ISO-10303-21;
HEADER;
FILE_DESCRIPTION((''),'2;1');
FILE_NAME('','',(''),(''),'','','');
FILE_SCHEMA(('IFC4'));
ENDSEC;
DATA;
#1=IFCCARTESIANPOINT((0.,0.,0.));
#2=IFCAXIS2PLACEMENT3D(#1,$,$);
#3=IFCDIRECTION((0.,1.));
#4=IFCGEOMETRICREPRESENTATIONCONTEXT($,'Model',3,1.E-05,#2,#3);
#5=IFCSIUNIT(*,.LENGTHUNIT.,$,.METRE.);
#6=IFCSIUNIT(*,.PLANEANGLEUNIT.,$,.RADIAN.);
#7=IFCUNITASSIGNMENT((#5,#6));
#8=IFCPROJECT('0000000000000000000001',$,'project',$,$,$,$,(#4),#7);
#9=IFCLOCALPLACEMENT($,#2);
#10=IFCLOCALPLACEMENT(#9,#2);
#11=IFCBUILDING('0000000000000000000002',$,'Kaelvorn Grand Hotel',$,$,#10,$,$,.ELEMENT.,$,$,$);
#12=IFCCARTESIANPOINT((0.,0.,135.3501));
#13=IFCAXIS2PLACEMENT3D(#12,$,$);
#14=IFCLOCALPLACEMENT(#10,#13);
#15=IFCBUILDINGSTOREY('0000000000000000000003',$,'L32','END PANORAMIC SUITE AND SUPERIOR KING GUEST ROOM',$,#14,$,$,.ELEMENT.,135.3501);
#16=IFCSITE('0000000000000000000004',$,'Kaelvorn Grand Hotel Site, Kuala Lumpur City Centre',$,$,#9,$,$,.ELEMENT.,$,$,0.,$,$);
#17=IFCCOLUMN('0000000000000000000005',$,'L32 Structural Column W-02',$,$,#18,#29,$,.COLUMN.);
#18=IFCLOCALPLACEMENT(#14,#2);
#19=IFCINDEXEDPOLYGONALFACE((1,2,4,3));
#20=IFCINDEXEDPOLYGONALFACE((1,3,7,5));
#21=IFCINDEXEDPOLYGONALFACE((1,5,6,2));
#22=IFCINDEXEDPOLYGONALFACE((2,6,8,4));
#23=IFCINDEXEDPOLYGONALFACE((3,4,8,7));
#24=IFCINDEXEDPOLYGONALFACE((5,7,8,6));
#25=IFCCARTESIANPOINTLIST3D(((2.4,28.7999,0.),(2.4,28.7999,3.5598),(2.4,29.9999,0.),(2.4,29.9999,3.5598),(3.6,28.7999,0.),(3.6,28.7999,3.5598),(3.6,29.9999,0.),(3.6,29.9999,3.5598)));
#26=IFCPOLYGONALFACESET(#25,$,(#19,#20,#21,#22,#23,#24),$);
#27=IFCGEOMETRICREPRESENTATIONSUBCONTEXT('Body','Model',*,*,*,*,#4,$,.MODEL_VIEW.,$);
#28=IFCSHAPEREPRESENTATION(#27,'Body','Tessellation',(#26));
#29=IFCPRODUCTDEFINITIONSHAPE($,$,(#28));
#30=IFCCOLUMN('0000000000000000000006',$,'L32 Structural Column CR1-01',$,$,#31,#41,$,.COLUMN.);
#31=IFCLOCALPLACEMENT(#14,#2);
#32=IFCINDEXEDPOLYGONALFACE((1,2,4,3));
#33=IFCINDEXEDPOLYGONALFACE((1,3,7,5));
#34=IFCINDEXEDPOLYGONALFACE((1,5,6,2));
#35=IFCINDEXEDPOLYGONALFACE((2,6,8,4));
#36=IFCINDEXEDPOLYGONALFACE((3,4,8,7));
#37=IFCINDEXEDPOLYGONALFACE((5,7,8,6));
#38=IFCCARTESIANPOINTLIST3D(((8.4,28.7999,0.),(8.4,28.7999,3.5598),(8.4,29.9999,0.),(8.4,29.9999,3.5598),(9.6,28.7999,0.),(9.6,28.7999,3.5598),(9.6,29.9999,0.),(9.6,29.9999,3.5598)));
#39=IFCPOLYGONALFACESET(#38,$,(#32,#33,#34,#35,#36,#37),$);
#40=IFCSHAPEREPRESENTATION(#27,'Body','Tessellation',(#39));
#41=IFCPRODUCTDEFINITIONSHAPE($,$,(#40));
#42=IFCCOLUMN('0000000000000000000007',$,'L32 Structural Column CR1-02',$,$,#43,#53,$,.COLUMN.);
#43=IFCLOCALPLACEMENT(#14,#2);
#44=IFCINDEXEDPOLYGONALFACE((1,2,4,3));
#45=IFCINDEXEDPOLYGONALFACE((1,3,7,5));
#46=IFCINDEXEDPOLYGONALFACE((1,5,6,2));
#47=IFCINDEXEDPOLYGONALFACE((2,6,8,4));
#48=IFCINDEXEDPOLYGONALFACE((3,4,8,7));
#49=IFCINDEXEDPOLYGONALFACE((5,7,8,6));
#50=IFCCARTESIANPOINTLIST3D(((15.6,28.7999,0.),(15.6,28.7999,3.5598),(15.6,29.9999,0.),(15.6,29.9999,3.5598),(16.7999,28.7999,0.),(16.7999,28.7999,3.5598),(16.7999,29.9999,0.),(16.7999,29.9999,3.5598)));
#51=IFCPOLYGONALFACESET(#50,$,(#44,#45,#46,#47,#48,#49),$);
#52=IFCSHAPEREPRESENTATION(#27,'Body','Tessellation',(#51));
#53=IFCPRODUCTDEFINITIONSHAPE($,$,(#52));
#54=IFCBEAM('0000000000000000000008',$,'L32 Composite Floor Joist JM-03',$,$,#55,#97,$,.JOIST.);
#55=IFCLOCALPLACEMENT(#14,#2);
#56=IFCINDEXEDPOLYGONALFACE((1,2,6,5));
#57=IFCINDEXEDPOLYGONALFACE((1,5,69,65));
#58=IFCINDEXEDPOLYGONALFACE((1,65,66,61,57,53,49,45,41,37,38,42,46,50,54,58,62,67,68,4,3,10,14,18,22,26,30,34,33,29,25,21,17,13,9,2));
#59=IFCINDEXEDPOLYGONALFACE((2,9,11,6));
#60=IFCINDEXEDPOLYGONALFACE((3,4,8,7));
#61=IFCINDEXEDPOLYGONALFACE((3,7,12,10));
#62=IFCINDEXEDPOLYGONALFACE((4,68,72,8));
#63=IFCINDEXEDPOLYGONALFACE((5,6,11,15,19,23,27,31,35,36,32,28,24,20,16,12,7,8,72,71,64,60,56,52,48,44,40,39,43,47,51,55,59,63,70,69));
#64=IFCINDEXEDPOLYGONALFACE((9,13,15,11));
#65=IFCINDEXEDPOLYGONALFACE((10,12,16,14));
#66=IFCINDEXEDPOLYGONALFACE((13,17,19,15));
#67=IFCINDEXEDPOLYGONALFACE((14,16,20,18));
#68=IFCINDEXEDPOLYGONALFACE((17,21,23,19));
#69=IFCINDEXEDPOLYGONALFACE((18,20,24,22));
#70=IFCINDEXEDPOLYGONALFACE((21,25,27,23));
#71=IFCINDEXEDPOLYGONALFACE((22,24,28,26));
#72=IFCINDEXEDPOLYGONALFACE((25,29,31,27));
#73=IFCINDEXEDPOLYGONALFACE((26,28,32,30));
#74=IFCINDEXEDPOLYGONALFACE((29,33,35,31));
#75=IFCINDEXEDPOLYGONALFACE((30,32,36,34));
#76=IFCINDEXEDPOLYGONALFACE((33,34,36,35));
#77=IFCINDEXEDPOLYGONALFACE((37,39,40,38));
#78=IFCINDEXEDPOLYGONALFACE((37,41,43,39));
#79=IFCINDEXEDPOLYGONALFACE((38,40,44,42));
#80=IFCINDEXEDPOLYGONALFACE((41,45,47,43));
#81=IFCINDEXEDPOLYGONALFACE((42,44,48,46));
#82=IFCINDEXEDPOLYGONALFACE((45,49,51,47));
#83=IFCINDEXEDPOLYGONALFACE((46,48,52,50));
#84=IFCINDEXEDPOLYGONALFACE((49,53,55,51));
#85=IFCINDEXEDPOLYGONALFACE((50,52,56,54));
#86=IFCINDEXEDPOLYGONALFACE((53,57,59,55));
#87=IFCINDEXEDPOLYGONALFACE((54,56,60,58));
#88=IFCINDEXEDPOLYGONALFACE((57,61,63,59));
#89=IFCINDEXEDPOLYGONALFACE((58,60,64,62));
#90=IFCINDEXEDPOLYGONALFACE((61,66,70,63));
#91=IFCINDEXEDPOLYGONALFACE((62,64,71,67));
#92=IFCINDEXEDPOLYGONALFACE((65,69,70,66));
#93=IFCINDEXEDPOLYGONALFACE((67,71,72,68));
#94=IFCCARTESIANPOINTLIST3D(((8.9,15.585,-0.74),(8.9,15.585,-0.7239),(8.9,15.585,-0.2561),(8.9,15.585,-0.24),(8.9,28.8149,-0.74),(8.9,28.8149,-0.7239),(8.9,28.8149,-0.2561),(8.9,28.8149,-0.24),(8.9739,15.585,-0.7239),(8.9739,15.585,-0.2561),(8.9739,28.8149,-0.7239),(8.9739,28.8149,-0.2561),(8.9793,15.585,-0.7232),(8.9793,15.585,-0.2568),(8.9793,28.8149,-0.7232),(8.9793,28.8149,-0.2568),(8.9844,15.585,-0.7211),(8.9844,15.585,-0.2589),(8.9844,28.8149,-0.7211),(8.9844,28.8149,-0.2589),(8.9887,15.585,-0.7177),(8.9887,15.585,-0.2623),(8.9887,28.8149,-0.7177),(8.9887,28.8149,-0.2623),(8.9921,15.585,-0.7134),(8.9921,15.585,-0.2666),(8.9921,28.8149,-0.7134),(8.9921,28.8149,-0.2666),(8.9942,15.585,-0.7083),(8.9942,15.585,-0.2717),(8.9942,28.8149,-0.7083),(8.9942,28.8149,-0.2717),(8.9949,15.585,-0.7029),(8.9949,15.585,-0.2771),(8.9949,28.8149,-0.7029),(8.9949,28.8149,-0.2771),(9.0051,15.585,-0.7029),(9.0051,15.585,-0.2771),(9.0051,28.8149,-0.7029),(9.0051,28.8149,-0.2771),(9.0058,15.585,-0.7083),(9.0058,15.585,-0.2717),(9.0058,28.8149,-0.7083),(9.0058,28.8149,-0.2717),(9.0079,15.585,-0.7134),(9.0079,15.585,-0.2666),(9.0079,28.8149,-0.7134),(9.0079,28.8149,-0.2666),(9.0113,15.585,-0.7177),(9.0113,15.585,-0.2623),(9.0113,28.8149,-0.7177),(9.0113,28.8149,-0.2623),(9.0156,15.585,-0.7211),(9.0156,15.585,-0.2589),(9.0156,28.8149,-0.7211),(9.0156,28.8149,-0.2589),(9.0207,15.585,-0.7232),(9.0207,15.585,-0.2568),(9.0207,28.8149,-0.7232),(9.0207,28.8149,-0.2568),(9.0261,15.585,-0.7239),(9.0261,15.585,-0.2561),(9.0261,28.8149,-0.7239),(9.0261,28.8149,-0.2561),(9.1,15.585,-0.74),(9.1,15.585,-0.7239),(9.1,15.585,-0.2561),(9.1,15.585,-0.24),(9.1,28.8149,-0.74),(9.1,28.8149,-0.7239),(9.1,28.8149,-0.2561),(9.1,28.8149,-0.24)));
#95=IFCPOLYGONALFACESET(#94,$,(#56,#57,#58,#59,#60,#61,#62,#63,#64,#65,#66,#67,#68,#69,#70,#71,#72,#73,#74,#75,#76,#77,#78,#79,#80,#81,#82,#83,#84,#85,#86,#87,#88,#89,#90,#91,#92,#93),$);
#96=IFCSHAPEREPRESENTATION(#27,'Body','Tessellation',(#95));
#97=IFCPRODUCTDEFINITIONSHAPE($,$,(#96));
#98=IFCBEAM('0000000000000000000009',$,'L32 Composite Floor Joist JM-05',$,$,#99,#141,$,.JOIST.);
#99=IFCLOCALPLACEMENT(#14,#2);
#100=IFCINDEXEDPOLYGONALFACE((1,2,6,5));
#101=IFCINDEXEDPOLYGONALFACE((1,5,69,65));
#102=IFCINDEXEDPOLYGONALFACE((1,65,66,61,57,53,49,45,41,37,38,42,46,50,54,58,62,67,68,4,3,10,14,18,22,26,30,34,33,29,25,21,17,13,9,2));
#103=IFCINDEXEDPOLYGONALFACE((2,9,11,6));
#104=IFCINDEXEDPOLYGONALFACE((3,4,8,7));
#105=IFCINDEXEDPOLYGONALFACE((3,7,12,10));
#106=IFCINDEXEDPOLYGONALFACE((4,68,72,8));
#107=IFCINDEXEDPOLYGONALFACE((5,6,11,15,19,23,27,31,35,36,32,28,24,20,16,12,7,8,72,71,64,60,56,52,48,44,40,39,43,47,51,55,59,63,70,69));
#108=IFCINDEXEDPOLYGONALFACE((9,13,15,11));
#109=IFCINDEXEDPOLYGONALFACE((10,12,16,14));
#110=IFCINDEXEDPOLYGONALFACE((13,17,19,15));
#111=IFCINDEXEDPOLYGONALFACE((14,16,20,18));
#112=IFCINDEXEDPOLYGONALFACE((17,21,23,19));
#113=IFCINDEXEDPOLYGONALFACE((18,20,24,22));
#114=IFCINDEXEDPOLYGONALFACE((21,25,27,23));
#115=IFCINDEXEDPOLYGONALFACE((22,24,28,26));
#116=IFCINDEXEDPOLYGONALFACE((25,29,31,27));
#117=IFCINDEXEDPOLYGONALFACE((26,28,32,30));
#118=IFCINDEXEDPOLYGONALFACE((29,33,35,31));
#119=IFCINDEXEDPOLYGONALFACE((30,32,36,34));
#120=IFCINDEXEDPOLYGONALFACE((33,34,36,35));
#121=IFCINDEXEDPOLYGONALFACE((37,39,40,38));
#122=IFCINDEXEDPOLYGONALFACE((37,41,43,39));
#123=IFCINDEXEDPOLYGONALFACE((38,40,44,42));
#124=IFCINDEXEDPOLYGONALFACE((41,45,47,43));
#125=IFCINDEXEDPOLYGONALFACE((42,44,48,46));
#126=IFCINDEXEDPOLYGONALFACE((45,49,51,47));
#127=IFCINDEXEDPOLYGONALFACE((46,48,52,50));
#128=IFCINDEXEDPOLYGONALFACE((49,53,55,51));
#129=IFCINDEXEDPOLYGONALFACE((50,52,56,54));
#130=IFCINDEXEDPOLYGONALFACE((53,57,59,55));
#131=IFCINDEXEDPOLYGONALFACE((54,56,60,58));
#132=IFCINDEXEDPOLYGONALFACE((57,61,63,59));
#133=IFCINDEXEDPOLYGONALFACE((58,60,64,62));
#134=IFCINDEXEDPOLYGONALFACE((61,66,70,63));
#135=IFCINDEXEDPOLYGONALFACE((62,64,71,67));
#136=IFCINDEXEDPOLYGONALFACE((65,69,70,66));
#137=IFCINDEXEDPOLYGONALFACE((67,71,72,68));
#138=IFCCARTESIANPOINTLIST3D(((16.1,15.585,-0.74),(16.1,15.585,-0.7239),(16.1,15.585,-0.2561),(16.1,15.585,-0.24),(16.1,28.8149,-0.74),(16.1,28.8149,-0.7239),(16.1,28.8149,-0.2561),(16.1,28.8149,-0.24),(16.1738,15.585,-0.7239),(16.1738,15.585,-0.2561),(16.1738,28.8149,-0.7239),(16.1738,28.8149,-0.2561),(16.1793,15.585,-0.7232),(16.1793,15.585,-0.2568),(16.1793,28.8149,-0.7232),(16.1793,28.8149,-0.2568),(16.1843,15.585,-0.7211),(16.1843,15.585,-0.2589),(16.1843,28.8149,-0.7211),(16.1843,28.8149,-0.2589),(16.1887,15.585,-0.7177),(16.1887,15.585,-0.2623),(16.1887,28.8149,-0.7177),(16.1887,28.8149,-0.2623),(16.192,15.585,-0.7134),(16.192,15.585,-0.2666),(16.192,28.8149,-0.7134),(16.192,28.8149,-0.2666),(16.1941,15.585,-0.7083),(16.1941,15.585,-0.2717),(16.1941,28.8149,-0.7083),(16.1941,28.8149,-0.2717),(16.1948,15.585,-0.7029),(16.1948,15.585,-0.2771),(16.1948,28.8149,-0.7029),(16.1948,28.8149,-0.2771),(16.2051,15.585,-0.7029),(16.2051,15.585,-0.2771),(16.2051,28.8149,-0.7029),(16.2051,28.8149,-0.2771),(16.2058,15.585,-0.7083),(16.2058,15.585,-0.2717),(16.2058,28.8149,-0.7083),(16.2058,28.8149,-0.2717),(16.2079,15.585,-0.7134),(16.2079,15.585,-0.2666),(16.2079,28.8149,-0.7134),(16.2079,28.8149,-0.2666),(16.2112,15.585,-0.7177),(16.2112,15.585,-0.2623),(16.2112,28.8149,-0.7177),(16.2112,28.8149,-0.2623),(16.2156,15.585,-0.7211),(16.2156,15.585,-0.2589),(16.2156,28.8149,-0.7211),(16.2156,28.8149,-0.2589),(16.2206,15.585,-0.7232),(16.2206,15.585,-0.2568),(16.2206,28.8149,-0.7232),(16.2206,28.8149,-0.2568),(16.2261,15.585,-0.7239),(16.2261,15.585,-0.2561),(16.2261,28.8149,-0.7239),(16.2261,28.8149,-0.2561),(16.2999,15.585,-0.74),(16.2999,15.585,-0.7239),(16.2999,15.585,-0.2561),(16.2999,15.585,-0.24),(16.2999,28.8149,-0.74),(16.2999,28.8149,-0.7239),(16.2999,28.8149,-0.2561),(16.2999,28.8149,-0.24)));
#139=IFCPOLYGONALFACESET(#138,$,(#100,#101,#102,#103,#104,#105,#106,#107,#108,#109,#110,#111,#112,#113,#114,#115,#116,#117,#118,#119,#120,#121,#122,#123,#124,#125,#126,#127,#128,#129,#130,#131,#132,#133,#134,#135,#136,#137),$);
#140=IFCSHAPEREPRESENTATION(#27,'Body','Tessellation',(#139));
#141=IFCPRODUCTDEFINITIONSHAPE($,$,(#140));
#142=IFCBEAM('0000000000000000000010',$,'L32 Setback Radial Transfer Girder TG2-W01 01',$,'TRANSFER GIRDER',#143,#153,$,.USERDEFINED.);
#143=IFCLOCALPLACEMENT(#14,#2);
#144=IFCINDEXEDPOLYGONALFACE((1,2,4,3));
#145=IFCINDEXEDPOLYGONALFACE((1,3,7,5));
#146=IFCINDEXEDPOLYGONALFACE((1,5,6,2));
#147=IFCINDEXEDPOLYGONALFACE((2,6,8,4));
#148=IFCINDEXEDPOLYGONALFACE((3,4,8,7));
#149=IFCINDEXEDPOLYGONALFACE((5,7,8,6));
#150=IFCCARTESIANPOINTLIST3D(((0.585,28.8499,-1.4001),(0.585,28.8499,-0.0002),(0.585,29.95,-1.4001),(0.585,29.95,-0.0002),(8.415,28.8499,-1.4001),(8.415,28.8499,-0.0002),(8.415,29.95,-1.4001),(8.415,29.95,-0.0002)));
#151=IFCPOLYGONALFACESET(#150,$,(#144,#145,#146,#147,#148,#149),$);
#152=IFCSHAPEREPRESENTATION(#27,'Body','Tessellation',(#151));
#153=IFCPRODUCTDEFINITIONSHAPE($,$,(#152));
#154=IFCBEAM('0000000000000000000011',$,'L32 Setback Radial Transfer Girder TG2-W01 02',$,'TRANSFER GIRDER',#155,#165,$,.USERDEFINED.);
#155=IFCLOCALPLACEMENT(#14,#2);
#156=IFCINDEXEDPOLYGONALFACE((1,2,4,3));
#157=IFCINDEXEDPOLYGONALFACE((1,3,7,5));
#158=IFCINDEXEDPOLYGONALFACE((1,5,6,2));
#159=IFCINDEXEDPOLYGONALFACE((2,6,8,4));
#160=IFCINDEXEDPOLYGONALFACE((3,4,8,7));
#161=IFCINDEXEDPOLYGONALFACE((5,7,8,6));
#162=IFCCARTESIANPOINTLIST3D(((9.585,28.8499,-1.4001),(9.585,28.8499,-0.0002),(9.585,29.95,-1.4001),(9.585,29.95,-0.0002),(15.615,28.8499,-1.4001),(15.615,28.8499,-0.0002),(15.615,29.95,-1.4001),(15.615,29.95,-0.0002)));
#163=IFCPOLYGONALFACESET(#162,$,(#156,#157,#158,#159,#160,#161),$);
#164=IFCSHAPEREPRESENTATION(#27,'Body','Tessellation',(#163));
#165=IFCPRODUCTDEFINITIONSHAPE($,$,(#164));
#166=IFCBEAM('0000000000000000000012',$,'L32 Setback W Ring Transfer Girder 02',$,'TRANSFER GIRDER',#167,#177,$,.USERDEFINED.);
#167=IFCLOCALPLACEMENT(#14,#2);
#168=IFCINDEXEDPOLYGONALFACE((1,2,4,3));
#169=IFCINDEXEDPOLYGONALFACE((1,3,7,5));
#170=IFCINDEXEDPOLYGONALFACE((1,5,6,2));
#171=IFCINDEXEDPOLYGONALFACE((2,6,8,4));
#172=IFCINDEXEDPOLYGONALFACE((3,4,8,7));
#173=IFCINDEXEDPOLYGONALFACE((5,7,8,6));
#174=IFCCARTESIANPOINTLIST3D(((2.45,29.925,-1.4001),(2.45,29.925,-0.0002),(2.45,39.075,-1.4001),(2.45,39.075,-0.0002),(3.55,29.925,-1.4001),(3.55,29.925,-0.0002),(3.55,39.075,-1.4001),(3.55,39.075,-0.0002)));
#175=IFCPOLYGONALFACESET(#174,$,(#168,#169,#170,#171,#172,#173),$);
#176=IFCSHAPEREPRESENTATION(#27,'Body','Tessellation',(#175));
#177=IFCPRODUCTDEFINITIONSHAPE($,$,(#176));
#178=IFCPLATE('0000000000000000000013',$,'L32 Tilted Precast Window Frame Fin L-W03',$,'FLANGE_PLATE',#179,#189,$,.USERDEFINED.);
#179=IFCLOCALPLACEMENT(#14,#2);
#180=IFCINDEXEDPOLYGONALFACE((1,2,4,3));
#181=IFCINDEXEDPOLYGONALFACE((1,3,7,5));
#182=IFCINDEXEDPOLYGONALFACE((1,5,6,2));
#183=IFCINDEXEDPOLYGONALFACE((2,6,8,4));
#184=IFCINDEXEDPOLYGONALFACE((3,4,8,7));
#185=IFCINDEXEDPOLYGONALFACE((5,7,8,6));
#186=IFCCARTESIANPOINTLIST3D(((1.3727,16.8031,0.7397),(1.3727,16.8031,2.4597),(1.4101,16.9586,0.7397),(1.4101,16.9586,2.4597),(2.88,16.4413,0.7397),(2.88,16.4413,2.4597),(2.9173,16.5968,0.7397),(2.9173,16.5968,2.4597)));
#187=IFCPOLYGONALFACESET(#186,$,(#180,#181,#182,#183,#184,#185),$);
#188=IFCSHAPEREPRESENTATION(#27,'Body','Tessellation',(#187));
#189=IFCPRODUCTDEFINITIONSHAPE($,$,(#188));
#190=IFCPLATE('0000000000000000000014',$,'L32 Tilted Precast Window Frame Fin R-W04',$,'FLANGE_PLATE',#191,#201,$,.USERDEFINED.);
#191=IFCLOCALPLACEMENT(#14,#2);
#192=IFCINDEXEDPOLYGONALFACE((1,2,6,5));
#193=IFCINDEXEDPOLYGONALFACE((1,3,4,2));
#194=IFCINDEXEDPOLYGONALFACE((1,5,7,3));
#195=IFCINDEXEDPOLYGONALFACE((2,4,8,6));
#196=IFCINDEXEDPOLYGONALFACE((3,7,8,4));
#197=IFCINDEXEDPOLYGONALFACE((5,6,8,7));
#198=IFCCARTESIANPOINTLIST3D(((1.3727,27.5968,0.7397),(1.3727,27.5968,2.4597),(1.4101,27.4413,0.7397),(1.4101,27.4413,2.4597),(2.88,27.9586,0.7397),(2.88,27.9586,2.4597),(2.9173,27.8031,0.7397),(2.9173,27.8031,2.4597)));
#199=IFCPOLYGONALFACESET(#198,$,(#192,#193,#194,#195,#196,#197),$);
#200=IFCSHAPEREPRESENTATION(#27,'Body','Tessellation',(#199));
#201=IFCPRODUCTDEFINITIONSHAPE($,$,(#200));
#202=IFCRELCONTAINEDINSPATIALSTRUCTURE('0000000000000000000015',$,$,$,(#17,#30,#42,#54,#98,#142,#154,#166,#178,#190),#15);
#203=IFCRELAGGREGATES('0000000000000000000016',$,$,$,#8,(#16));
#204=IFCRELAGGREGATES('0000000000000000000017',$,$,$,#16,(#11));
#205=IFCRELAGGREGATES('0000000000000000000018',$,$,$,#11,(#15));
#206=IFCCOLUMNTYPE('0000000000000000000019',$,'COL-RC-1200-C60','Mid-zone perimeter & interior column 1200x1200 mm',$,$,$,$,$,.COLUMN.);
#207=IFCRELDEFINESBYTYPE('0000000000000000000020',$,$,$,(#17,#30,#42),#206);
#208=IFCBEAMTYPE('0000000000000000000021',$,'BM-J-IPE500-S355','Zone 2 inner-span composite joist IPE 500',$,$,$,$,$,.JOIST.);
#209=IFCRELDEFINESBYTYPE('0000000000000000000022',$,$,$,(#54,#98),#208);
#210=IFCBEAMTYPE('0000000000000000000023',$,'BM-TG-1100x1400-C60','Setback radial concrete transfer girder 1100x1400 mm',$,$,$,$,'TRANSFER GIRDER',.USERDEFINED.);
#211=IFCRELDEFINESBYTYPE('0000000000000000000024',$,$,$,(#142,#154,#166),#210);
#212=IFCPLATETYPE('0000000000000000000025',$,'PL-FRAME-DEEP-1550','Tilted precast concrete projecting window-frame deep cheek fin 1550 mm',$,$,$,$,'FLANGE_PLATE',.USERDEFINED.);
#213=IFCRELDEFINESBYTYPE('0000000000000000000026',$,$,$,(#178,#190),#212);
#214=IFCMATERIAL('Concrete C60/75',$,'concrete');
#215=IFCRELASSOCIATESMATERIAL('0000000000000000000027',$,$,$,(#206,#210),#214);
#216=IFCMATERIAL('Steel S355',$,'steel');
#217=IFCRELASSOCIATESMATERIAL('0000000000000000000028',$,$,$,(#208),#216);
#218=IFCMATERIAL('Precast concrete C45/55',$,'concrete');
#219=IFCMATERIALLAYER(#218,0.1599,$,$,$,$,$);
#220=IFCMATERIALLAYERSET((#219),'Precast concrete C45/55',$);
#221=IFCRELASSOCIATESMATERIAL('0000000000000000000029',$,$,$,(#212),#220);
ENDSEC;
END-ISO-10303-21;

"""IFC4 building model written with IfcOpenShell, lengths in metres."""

from ifc_helpers import new_model, si_unit, direction, frame, origin, origin_2d, place, context, subcontext, project, spatial, rectangle, i_section, extrude, material, layer, layer_set, material_profile, profile_set, type_object, element, save


model = new_model("IFC4")

# Units and contexts
model_context = context("Model", 3, precision=1e-05, world=origin(), true_north=direction((0.0, 1.0)))
body_context = subcontext(model_context, "Body", "Model", "MODEL_VIEW")
ifc_project = project(units=[si_unit("LENGTHUNIT", "METRE"), si_unit("PLANEANGLEUNIT", "RADIAN")], contexts=[model_context])

# Site, building, storey
site_placement = place(None, origin())
site = spatial("IfcSite", under=ifc_project, at=site_placement, Name="Kaelvorn Grand Hotel Site, Kuala Lumpur City Centre", CompositionType="ELEMENT", RefElevation=0.0)
building_placement = place(site_placement, origin())
building = spatial("IfcBuilding", under=site, at=building_placement, Name="Kaelvorn Grand Hotel", CompositionType="ELEMENT")
storey_placement = place(building_placement, frame((0.0, 0.0, 135.3501)))
storey = spatial("IfcBuildingStorey", under=building, at=storey_placement, Name="L32", Description="END PANORAMIC SUITE AND SUPERIOR KING GUEST ROOM", CompositionType="ELEMENT", Elevation=135.3501)

# Columns
ifc_material_1 = material(Name="Concrete C60/75", Category="concrete")
ifc_material_profile_1 = material_profile(ifc_material_1, rectangle(XDim=1.2, YDim=1.2, at=origin_2d()), Name="RC COL 1200x1200")
ifc_profile_set_1 = profile_set([ifc_material_profile_1], Name="Concrete C60/75")
column_type = type_object("IfcColumnType", Name="COL-RC-1200-C60", Description="Mid-zone perimeter & interior column 1200x1200 mm", PredefinedType="COLUMN", material=ifc_profile_set_1)
for number, where, z_axis, x_axis, name in (
    (1, (3.0, 29.3999, 0.0), (0.0, 0.0, 1.0), (1.0, 0.0, 0.0), "L32 Structural Column W-02"),
    (2, (9.0, 29.3999, 0.0), (0.0, 0.0, 1.0), (1.0, 0.0, 0.0), "L32 Structural Column CR1-01"),
    (3, (16.2, 29.3999, 0.0), (0.0, 0.0, 1.0), (1.0, 0.0, 0.0), "L32 Structural Column CR1-02"),
):
    element("IfcColumn", number, at=place(storey_placement, frame(where, z_axis=z_axis, x_axis=x_axis)), inside=storey, type_object=column_type, Name=name, PredefinedType="COLUMN", context=body_context, shape_type="SweptSolid", body=[
        extrude(rectangle(XDim=1.2, YDim=1.2, at=origin_2d()), origin(), (0.0, 0.0, 1.0), 3.5598),
    ])

# Beams
ifc_material_2 = material(Name="Steel S355", Category="steel")
ifc_material_profile_2 = material_profile(ifc_material_2, i_section(OverallWidth=0.2, OverallDepth=0.5, WebThickness=0.0103, FlangeThickness=0.0161, FilletRadius=0.021, at=origin_2d()), Name="IPE 500")
ifc_profile_set_2 = profile_set([ifc_material_profile_2], Name="Steel S355")
beam_type_1 = type_object("IfcBeamType", Name="BM-J-IPE500-S355", Description="Zone 2 inner-span composite joist IPE 500", PredefinedType="JOIST", material=ifc_profile_set_2)
for number, where, z_axis, x_axis, name in (
    (4, (9.0, 15.585, -0.49), (0.0, 1.0, 0.0), (-1.0, 0.0, 0.0), "L32 Composite Floor Joist JM-03"),
    (5, (16.2, 15.585, -0.49), (0.0, 1.0, 0.0), (-1.0, 0.0, 0.0), "L32 Composite Floor Joist JM-05"),
):
    element("IfcBeam", number, at=place(storey_placement, frame(where, z_axis=z_axis, x_axis=x_axis)), inside=storey, type_object=beam_type_1, Name=name, PredefinedType="JOIST", context=body_context, shape_type="SweptSolid", body=[
        extrude(i_section(OverallWidth=0.2, OverallDepth=0.5, WebThickness=0.0103, FlangeThickness=0.0161, FilletRadius=0.021, at=origin_2d()), origin(), (0.0, 0.0, 1.0), 13.23),
    ])
ifc_material_profile_3 = material_profile(ifc_material_1, rectangle(XDim=1.1001, YDim=1.3999, at=origin_2d()), Name="RC TG 1100x1400")
ifc_profile_set_3 = profile_set([ifc_material_profile_3], Name="Concrete C60/75")
beam_type_2 = type_object("IfcBeamType", Name="BM-TG-1100x1400-C60", Description="Setback radial concrete transfer girder 1100x1400 mm", ElementType="TRANSFER GIRDER", PredefinedType="USERDEFINED", material=ifc_profile_set_3)
beam_1_placement = place(storey_placement, frame((0.585, 29.3999, -0.7002), z_axis=(1.0, 0.0, 0.0), x_axis=(0.0, 1.0, 0.0)))
element("IfcBeam", 6, at=beam_1_placement, inside=storey, type_object=beam_type_2, Name="L32 Setback Radial Transfer Girder TG2-W01 01", ObjectType="TRANSFER GIRDER", PredefinedType="USERDEFINED", context=body_context, shape_type="SweptSolid", body=[
    extrude(rectangle(XDim=1.1001, YDim=1.3999, at=origin_2d()), origin(), (0.0, 0.0, 1.0), 7.8301),
])
beam_2_placement = place(storey_placement, frame((9.585, 29.3999, -0.7002), z_axis=(1.0, 0.0, 0.0), x_axis=(0.0, 1.0, 0.0)))
element("IfcBeam", 7, at=beam_2_placement, inside=storey, type_object=beam_type_2, Name="L32 Setback Radial Transfer Girder TG2-W01 02", ObjectType="TRANSFER GIRDER", PredefinedType="USERDEFINED", context=body_context, shape_type="SweptSolid", body=[
    extrude(rectangle(XDim=1.1001, YDim=1.3999, at=origin_2d()), origin(), (0.0, 0.0, 1.0), 6.03),
])
beam_3_placement = place(storey_placement, frame((3.0, 29.925, -0.7002), z_axis=(0.0, 1.0, 0.0), x_axis=(-1.0, 0.0, 0.0)))
element("IfcBeam", 8, at=beam_3_placement, inside=storey, type_object=beam_type_2, Name="L32 Setback W Ring Transfer Girder 02", ObjectType="TRANSFER GIRDER", PredefinedType="USERDEFINED", context=body_context, shape_type="SweptSolid", body=[
    extrude(rectangle(XDim=1.1001, YDim=1.3999, at=origin_2d()), origin(), (0.0, 0.0, 1.0), 9.1499),
])

# Plates
ifc_material_3 = material(Name="Precast concrete C45/55", Category="concrete")
ifc_layer_1 = layer(ifc_material_3, 0.1599)
ifc_layer_set_1 = layer_set([ifc_layer_1], Name="Precast concrete C45/55")
plate_type_1 = type_object("IfcPlateType", Name="PL-FRAME-DEEP-1550", Description="Tilted precast concrete projecting window-frame deep cheek fin 1550 mm", ElementType="FLANGE_PLATE", PredefinedType="USERDEFINED", material=ifc_layer_set_1)
for number, where, z_axis, x_axis, name in (
    (9, (2.145, 16.7, 0.7397), (0.0, 0.0, 1.0), (0.233445, 0.97237, 0.0), "L32 Tilted Precast Window Frame Fin L-W03"),
    (10, (2.145, 27.7, 0.7397), (0.0, 0.0, 1.0), (-0.233445, 0.97237, 0.0), "L32 Tilted Precast Window Frame Fin R-W04"),
):
    element("IfcPlate", number, at=place(storey_placement, frame(where, z_axis=z_axis, x_axis=x_axis)), inside=storey, type_object=plate_type_1, Name=name, ObjectType="FLANGE_PLATE", PredefinedType="USERDEFINED", context=body_context, shape_type="SweptSolid", body=[
        extrude(rectangle(XDim=0.1599, YDim=1.55, at=origin_2d()), origin(), (0.0, 0.0, 1.0), 1.72),
    ])

save(model, "model.ifc")
